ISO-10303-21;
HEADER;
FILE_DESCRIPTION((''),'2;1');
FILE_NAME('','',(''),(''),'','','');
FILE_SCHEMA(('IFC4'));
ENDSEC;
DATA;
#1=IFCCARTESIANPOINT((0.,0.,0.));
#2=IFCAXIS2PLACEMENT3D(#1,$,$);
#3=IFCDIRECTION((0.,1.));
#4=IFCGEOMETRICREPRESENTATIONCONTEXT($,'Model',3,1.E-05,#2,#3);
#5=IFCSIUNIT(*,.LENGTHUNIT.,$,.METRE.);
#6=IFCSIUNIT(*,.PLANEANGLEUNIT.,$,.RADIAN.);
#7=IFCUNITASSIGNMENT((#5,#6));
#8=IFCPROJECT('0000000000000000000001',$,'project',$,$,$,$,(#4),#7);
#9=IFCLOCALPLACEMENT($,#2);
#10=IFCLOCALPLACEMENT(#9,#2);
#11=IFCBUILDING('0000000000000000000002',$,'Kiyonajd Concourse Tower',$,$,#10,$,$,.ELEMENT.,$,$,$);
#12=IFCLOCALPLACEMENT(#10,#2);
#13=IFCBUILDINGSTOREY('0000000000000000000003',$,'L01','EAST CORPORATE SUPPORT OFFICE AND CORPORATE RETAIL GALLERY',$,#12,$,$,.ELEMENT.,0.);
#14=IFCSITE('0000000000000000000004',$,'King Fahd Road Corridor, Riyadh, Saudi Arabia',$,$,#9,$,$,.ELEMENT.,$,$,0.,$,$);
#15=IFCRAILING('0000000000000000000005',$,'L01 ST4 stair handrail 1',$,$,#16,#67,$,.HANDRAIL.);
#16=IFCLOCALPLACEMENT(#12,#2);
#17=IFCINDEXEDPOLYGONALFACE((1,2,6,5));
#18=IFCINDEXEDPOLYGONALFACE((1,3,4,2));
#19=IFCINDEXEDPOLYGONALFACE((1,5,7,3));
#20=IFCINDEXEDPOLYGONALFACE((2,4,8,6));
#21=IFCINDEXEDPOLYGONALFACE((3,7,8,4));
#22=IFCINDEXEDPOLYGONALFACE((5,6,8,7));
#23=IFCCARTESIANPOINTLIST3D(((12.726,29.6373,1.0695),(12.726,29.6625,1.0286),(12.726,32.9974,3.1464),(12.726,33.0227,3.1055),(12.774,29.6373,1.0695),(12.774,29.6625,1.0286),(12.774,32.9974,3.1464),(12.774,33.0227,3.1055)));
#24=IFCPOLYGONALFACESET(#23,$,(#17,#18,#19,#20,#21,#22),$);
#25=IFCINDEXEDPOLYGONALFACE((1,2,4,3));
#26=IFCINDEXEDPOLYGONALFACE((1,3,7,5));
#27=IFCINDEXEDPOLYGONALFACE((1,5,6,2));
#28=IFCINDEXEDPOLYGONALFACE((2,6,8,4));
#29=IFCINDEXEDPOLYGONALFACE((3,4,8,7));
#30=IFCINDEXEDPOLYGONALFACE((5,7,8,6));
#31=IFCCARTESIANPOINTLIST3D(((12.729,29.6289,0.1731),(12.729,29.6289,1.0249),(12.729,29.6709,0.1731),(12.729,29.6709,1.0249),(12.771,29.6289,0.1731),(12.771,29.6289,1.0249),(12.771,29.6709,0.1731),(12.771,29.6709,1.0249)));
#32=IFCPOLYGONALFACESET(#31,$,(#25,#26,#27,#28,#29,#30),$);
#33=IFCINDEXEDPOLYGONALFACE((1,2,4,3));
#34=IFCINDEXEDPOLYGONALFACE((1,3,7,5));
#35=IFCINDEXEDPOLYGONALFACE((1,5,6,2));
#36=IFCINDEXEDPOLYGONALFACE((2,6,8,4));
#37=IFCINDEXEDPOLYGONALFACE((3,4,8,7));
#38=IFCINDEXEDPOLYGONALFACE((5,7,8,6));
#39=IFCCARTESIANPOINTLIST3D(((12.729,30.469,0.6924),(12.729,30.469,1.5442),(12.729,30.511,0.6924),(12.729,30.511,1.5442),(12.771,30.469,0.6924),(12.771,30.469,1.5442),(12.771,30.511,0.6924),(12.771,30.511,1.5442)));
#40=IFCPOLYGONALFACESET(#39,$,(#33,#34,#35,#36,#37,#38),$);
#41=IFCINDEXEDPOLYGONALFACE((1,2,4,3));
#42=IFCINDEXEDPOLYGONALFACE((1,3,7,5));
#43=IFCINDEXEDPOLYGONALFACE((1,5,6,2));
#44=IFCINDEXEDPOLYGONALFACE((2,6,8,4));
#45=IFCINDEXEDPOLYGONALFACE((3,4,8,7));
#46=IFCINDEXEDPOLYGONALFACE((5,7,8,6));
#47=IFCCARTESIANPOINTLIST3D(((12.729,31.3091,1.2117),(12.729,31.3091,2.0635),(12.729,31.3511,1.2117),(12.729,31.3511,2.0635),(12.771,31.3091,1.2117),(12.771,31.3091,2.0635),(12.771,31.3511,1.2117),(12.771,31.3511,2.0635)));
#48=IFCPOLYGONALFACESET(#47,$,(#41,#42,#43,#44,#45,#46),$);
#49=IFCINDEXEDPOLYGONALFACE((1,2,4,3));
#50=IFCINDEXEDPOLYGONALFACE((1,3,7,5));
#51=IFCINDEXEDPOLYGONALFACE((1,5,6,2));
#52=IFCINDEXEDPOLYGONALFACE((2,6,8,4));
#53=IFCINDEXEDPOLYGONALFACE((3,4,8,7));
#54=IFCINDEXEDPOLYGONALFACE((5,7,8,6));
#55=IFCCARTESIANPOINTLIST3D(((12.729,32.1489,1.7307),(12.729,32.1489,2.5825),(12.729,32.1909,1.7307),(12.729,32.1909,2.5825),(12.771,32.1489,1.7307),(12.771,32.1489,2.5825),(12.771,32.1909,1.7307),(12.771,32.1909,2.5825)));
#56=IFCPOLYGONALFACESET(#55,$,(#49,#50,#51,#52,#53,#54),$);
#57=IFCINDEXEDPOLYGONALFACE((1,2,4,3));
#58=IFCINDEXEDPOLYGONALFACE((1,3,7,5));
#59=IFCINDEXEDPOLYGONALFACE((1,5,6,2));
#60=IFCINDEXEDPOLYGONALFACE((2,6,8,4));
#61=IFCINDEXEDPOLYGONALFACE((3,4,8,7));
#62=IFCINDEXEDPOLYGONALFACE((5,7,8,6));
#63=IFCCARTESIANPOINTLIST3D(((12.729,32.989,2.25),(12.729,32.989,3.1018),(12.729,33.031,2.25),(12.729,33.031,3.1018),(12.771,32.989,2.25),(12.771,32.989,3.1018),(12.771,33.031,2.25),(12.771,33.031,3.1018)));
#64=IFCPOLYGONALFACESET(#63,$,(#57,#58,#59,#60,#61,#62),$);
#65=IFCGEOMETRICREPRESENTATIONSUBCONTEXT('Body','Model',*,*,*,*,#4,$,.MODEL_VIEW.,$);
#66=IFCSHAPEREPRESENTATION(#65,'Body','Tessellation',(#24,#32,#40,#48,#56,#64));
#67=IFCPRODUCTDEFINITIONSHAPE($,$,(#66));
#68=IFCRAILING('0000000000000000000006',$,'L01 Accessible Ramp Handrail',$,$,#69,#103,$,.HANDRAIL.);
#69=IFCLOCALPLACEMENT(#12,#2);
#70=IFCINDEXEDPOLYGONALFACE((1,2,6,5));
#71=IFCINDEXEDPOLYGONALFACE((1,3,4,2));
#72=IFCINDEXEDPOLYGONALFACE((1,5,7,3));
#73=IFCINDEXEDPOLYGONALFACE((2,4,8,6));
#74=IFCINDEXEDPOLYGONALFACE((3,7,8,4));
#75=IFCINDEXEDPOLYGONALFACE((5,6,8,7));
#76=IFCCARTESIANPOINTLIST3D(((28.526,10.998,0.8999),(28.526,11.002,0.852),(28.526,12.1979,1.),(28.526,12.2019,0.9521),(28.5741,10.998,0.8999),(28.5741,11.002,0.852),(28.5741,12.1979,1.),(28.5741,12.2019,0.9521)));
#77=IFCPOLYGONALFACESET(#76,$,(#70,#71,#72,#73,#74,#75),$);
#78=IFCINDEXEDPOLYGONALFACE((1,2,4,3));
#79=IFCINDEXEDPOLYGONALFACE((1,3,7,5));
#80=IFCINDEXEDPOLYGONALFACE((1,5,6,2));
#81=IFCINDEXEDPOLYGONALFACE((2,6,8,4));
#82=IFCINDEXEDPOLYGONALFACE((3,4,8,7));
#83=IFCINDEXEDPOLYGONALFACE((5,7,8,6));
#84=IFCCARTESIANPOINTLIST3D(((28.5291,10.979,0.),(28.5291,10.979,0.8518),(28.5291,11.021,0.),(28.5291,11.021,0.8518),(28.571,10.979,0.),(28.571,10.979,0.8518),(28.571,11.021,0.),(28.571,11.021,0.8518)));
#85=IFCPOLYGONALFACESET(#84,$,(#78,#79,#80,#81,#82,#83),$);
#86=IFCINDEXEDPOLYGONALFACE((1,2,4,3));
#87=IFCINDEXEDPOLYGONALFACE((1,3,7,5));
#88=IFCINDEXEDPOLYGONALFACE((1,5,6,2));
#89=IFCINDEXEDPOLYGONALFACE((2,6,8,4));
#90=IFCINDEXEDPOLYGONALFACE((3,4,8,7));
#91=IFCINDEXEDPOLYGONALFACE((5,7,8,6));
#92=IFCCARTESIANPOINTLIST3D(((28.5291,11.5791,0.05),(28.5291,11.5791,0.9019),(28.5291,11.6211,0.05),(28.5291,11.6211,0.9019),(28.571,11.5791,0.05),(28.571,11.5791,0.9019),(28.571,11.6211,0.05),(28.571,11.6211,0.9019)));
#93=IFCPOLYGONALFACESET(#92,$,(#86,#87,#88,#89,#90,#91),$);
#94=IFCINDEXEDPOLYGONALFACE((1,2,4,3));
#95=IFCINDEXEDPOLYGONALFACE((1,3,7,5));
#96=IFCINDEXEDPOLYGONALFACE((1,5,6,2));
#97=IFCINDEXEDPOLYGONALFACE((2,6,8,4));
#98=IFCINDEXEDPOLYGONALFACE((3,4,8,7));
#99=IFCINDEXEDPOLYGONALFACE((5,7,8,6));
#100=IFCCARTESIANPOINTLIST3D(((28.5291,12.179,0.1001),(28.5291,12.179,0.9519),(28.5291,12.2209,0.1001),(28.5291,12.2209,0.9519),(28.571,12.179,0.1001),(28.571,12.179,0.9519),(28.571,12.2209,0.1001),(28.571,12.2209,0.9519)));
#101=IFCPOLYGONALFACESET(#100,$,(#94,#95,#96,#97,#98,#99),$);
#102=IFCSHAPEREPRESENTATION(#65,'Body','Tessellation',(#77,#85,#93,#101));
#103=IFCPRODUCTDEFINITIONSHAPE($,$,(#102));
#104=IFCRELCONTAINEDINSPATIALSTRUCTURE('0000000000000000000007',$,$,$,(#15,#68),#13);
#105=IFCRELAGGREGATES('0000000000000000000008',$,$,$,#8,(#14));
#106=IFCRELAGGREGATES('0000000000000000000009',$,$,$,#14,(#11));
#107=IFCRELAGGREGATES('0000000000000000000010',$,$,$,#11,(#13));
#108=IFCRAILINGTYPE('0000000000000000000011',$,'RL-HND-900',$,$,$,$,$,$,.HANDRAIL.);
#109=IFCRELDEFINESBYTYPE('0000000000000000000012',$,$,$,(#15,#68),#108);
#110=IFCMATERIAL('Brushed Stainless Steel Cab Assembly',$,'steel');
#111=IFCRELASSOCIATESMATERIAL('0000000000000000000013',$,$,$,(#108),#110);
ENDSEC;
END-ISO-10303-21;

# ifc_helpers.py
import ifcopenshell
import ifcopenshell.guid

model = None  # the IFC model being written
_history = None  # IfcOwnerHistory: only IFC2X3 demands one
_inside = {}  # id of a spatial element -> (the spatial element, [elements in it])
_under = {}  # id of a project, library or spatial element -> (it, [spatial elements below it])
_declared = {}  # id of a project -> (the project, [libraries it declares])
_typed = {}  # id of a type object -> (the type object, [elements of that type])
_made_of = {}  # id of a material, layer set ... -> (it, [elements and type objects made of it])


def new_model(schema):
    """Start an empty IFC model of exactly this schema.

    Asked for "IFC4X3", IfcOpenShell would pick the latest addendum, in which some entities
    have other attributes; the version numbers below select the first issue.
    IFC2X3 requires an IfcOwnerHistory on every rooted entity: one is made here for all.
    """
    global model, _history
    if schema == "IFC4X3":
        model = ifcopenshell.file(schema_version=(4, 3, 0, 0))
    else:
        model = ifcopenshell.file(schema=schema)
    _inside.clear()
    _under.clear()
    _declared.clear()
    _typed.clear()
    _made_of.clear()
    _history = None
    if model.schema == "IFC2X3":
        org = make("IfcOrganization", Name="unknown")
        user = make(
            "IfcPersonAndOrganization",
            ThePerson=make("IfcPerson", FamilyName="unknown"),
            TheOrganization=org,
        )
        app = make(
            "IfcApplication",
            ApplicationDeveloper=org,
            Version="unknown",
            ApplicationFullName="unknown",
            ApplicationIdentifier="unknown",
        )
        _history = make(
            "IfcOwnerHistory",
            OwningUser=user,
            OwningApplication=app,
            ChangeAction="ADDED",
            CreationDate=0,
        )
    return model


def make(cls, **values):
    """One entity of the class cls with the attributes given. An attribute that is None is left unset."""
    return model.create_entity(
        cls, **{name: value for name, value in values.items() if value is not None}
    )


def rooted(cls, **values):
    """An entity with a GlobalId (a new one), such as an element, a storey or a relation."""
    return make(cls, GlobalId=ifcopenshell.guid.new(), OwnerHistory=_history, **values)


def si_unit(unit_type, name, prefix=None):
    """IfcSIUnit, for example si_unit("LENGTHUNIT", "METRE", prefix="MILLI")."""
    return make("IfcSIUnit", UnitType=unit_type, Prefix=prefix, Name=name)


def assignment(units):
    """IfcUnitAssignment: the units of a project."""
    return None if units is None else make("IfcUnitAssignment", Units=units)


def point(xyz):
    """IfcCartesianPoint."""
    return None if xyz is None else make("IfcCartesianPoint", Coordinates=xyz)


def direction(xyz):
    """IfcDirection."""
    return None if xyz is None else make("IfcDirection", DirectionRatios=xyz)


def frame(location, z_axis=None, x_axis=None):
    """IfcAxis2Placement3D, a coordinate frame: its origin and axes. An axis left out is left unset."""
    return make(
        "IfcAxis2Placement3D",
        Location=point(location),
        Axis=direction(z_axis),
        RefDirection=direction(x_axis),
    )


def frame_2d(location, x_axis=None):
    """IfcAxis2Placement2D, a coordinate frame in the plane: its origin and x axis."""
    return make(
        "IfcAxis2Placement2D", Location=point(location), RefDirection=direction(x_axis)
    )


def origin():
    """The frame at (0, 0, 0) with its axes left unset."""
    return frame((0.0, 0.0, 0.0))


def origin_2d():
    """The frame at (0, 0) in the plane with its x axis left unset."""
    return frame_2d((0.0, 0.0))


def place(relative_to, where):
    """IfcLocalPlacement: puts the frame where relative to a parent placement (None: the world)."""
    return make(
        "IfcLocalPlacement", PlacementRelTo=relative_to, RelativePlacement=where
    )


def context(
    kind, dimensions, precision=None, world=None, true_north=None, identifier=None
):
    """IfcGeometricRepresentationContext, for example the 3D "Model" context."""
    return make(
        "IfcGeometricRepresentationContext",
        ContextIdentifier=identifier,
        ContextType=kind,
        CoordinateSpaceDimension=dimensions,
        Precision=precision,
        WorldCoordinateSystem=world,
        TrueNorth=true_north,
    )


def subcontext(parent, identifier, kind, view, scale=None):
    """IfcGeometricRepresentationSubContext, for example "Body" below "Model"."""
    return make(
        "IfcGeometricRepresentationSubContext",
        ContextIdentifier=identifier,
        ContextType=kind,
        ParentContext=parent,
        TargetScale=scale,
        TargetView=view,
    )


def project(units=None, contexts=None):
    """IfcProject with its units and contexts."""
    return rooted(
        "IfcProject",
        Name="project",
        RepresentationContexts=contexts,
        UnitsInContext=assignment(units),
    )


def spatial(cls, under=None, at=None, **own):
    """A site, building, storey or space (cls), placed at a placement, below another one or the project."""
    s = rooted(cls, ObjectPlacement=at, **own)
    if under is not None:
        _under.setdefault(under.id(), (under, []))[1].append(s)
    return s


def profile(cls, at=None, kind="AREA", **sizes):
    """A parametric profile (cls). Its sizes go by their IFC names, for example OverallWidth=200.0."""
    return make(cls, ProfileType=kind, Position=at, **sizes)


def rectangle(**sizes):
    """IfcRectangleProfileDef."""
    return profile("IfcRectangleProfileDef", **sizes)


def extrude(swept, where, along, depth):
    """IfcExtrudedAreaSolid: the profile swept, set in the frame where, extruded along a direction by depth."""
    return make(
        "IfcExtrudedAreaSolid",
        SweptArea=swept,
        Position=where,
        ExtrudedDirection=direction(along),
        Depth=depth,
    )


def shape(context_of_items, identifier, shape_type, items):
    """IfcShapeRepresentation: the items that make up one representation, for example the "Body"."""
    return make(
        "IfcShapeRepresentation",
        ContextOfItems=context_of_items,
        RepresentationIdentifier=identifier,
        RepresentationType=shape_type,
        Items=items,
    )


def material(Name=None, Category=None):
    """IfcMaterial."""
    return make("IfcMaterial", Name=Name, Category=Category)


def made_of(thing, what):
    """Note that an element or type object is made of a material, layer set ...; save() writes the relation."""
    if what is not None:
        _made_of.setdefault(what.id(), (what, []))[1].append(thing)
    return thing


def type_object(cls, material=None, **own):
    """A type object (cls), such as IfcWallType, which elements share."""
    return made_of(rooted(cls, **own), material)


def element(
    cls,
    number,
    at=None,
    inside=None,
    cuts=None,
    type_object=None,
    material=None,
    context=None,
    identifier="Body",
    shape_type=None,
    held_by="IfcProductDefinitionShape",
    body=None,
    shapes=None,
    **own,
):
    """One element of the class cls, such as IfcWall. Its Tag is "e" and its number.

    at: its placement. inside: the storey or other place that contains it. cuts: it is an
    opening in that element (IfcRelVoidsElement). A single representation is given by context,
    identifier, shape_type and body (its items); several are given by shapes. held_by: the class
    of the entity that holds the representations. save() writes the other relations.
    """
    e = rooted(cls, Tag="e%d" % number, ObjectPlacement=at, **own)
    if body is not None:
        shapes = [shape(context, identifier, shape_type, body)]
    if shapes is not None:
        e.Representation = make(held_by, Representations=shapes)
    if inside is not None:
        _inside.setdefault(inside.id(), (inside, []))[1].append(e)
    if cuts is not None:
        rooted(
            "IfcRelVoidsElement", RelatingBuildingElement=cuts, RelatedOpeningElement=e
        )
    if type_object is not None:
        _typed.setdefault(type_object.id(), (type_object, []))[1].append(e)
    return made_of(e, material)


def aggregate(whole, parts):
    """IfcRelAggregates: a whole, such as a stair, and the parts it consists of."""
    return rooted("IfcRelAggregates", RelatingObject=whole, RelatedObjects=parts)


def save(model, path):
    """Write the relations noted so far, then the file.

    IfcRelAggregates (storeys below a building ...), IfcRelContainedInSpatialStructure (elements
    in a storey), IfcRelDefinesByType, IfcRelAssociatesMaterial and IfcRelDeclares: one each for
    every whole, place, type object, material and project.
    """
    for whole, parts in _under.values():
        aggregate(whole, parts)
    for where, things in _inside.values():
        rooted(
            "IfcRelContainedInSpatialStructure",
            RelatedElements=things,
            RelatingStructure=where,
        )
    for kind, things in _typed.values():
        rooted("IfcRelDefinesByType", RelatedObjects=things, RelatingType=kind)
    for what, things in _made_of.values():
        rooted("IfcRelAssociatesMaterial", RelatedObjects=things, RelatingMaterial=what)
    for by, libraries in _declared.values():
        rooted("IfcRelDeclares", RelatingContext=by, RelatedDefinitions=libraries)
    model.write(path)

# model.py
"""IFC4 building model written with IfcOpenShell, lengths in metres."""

from ifc_helpers import new_model, si_unit, direction, frame, origin, origin_2d, place, context, subcontext, project, spatial, rectangle, extrude, material, type_object, element, save


model = new_model("IFC4")

# Units and contexts
model_context = context("Model", 3, precision=1e-05, world=origin(), true_north=direction((0.0, 1.0)))
body_context = subcontext(model_context, "Body", "Model", "MODEL_VIEW")
ifc_project = project(units=[si_unit("LENGTHUNIT", "METRE"), si_unit("PLANEANGLEUNIT", "RADIAN")], contexts=[model_context])

# Site, building, storey
site_placement = place(None, origin())
site = spatial("IfcSite", under=ifc_project, at=site_placement, Name="King Fahd Road Corridor, Riyadh, Saudi Arabia", CompositionType="ELEMENT", RefElevation=0.0)
building_placement = place(site_placement, origin())
building = spatial("IfcBuilding", under=site, at=building_placement, Name="Kiyonajd Concourse Tower", CompositionType="ELEMENT")
storey_placement = place(building_placement, origin())
storey = spatial("IfcBuildingStorey", under=building, at=storey_placement, Name="L01", Description="EAST CORPORATE SUPPORT OFFICE AND CORPORATE RETAIL GALLERY", CompositionType="ELEMENT", Elevation=0.0)

# Shared definitions
ifc_material_1 = material(Name="Brushed Stainless Steel Cab Assembly", Category="steel")

# Railings
railing_type_1 = type_object("IfcRailingType", Name="RL-HND-900", PredefinedType="HANDRAIL", material=ifc_material_1)
railing_1_placement = place(storey_placement, frame((12.75, 29.6499, 0.1731)))
element("IfcRailing", 1, at=railing_1_placement, inside=storey, type_object=railing_type_1, Name="L01 ST4 stair handrail 1", PredefinedType="HANDRAIL", context=body_context, shape_type="SweptSolid", body=[
    extrude(rectangle(XDim=0.0481, YDim=0.0481, at=origin_2d()), frame((0.0, 0.0, 0.876), z_axis=(0.0, 0.850623, 0.525776), x_axis=(-1.0, 0.0, 0.0)), (0.0, 0.0, 1.0), 3.9502),
    extrude(rectangle(XDim=0.042, YDim=0.042, at=origin_2d()), origin(), (0.0, 0.0, 1.0), 0.8518),
    extrude(rectangle(XDim=0.042, YDim=0.042, at=origin_2d()), frame((0.0, 0.8401, 0.5193)), (0.0, 0.0, 1.0), 0.8518),
    extrude(rectangle(XDim=0.042, YDim=0.042, at=origin_2d()), frame((0.0, 1.6802, 1.0386)), (0.0, 0.0, 1.0), 0.8518),
    extrude(rectangle(XDim=0.042, YDim=0.042, at=origin_2d()), frame((0.0, 2.52, 1.5576)), (0.0, 0.0, 1.0), 0.8518),
    extrude(rectangle(XDim=0.042, YDim=0.042, at=origin_2d()), frame((0.0, 3.3601, 2.0769)), (0.0, 0.0, 1.0), 0.8518),
])
railing_2_placement = place(storey_placement, frame((28.55, 11.0, 0.0)))
element("IfcRailing", 2, at=railing_2_placement, inside=storey, type_object=railing_type_1, Name="L01 Accessible Ramp Handrail", PredefinedType="HANDRAIL", context=body_context, shape_type="SweptSolid", body=[
    extrude(rectangle(XDim=0.0481, YDim=0.0481, at=origin_2d()), frame((0.0, 0.0, 0.876), z_axis=(0.0, 0.996539, 0.083129), x_axis=(-1.0, 0.0, 0.0)), (0.0, 0.0, 1.0), 1.2041),
    extrude(rectangle(XDim=0.042, YDim=0.042, at=origin_2d()), origin(), (0.0, 0.0, 1.0), 0.8518),
    extrude(rectangle(XDim=0.042, YDim=0.042, at=origin_2d()), frame((0.0, 0.6001, 0.05)), (0.0, 0.0, 1.0), 0.8518),
    extrude(rectangle(XDim=0.042, YDim=0.042, at=origin_2d()), frame((0.0, 1.2, 0.1001)), (0.0, 0.0, 1.0), 0.8518),
])

save(model, "model.ifc")
